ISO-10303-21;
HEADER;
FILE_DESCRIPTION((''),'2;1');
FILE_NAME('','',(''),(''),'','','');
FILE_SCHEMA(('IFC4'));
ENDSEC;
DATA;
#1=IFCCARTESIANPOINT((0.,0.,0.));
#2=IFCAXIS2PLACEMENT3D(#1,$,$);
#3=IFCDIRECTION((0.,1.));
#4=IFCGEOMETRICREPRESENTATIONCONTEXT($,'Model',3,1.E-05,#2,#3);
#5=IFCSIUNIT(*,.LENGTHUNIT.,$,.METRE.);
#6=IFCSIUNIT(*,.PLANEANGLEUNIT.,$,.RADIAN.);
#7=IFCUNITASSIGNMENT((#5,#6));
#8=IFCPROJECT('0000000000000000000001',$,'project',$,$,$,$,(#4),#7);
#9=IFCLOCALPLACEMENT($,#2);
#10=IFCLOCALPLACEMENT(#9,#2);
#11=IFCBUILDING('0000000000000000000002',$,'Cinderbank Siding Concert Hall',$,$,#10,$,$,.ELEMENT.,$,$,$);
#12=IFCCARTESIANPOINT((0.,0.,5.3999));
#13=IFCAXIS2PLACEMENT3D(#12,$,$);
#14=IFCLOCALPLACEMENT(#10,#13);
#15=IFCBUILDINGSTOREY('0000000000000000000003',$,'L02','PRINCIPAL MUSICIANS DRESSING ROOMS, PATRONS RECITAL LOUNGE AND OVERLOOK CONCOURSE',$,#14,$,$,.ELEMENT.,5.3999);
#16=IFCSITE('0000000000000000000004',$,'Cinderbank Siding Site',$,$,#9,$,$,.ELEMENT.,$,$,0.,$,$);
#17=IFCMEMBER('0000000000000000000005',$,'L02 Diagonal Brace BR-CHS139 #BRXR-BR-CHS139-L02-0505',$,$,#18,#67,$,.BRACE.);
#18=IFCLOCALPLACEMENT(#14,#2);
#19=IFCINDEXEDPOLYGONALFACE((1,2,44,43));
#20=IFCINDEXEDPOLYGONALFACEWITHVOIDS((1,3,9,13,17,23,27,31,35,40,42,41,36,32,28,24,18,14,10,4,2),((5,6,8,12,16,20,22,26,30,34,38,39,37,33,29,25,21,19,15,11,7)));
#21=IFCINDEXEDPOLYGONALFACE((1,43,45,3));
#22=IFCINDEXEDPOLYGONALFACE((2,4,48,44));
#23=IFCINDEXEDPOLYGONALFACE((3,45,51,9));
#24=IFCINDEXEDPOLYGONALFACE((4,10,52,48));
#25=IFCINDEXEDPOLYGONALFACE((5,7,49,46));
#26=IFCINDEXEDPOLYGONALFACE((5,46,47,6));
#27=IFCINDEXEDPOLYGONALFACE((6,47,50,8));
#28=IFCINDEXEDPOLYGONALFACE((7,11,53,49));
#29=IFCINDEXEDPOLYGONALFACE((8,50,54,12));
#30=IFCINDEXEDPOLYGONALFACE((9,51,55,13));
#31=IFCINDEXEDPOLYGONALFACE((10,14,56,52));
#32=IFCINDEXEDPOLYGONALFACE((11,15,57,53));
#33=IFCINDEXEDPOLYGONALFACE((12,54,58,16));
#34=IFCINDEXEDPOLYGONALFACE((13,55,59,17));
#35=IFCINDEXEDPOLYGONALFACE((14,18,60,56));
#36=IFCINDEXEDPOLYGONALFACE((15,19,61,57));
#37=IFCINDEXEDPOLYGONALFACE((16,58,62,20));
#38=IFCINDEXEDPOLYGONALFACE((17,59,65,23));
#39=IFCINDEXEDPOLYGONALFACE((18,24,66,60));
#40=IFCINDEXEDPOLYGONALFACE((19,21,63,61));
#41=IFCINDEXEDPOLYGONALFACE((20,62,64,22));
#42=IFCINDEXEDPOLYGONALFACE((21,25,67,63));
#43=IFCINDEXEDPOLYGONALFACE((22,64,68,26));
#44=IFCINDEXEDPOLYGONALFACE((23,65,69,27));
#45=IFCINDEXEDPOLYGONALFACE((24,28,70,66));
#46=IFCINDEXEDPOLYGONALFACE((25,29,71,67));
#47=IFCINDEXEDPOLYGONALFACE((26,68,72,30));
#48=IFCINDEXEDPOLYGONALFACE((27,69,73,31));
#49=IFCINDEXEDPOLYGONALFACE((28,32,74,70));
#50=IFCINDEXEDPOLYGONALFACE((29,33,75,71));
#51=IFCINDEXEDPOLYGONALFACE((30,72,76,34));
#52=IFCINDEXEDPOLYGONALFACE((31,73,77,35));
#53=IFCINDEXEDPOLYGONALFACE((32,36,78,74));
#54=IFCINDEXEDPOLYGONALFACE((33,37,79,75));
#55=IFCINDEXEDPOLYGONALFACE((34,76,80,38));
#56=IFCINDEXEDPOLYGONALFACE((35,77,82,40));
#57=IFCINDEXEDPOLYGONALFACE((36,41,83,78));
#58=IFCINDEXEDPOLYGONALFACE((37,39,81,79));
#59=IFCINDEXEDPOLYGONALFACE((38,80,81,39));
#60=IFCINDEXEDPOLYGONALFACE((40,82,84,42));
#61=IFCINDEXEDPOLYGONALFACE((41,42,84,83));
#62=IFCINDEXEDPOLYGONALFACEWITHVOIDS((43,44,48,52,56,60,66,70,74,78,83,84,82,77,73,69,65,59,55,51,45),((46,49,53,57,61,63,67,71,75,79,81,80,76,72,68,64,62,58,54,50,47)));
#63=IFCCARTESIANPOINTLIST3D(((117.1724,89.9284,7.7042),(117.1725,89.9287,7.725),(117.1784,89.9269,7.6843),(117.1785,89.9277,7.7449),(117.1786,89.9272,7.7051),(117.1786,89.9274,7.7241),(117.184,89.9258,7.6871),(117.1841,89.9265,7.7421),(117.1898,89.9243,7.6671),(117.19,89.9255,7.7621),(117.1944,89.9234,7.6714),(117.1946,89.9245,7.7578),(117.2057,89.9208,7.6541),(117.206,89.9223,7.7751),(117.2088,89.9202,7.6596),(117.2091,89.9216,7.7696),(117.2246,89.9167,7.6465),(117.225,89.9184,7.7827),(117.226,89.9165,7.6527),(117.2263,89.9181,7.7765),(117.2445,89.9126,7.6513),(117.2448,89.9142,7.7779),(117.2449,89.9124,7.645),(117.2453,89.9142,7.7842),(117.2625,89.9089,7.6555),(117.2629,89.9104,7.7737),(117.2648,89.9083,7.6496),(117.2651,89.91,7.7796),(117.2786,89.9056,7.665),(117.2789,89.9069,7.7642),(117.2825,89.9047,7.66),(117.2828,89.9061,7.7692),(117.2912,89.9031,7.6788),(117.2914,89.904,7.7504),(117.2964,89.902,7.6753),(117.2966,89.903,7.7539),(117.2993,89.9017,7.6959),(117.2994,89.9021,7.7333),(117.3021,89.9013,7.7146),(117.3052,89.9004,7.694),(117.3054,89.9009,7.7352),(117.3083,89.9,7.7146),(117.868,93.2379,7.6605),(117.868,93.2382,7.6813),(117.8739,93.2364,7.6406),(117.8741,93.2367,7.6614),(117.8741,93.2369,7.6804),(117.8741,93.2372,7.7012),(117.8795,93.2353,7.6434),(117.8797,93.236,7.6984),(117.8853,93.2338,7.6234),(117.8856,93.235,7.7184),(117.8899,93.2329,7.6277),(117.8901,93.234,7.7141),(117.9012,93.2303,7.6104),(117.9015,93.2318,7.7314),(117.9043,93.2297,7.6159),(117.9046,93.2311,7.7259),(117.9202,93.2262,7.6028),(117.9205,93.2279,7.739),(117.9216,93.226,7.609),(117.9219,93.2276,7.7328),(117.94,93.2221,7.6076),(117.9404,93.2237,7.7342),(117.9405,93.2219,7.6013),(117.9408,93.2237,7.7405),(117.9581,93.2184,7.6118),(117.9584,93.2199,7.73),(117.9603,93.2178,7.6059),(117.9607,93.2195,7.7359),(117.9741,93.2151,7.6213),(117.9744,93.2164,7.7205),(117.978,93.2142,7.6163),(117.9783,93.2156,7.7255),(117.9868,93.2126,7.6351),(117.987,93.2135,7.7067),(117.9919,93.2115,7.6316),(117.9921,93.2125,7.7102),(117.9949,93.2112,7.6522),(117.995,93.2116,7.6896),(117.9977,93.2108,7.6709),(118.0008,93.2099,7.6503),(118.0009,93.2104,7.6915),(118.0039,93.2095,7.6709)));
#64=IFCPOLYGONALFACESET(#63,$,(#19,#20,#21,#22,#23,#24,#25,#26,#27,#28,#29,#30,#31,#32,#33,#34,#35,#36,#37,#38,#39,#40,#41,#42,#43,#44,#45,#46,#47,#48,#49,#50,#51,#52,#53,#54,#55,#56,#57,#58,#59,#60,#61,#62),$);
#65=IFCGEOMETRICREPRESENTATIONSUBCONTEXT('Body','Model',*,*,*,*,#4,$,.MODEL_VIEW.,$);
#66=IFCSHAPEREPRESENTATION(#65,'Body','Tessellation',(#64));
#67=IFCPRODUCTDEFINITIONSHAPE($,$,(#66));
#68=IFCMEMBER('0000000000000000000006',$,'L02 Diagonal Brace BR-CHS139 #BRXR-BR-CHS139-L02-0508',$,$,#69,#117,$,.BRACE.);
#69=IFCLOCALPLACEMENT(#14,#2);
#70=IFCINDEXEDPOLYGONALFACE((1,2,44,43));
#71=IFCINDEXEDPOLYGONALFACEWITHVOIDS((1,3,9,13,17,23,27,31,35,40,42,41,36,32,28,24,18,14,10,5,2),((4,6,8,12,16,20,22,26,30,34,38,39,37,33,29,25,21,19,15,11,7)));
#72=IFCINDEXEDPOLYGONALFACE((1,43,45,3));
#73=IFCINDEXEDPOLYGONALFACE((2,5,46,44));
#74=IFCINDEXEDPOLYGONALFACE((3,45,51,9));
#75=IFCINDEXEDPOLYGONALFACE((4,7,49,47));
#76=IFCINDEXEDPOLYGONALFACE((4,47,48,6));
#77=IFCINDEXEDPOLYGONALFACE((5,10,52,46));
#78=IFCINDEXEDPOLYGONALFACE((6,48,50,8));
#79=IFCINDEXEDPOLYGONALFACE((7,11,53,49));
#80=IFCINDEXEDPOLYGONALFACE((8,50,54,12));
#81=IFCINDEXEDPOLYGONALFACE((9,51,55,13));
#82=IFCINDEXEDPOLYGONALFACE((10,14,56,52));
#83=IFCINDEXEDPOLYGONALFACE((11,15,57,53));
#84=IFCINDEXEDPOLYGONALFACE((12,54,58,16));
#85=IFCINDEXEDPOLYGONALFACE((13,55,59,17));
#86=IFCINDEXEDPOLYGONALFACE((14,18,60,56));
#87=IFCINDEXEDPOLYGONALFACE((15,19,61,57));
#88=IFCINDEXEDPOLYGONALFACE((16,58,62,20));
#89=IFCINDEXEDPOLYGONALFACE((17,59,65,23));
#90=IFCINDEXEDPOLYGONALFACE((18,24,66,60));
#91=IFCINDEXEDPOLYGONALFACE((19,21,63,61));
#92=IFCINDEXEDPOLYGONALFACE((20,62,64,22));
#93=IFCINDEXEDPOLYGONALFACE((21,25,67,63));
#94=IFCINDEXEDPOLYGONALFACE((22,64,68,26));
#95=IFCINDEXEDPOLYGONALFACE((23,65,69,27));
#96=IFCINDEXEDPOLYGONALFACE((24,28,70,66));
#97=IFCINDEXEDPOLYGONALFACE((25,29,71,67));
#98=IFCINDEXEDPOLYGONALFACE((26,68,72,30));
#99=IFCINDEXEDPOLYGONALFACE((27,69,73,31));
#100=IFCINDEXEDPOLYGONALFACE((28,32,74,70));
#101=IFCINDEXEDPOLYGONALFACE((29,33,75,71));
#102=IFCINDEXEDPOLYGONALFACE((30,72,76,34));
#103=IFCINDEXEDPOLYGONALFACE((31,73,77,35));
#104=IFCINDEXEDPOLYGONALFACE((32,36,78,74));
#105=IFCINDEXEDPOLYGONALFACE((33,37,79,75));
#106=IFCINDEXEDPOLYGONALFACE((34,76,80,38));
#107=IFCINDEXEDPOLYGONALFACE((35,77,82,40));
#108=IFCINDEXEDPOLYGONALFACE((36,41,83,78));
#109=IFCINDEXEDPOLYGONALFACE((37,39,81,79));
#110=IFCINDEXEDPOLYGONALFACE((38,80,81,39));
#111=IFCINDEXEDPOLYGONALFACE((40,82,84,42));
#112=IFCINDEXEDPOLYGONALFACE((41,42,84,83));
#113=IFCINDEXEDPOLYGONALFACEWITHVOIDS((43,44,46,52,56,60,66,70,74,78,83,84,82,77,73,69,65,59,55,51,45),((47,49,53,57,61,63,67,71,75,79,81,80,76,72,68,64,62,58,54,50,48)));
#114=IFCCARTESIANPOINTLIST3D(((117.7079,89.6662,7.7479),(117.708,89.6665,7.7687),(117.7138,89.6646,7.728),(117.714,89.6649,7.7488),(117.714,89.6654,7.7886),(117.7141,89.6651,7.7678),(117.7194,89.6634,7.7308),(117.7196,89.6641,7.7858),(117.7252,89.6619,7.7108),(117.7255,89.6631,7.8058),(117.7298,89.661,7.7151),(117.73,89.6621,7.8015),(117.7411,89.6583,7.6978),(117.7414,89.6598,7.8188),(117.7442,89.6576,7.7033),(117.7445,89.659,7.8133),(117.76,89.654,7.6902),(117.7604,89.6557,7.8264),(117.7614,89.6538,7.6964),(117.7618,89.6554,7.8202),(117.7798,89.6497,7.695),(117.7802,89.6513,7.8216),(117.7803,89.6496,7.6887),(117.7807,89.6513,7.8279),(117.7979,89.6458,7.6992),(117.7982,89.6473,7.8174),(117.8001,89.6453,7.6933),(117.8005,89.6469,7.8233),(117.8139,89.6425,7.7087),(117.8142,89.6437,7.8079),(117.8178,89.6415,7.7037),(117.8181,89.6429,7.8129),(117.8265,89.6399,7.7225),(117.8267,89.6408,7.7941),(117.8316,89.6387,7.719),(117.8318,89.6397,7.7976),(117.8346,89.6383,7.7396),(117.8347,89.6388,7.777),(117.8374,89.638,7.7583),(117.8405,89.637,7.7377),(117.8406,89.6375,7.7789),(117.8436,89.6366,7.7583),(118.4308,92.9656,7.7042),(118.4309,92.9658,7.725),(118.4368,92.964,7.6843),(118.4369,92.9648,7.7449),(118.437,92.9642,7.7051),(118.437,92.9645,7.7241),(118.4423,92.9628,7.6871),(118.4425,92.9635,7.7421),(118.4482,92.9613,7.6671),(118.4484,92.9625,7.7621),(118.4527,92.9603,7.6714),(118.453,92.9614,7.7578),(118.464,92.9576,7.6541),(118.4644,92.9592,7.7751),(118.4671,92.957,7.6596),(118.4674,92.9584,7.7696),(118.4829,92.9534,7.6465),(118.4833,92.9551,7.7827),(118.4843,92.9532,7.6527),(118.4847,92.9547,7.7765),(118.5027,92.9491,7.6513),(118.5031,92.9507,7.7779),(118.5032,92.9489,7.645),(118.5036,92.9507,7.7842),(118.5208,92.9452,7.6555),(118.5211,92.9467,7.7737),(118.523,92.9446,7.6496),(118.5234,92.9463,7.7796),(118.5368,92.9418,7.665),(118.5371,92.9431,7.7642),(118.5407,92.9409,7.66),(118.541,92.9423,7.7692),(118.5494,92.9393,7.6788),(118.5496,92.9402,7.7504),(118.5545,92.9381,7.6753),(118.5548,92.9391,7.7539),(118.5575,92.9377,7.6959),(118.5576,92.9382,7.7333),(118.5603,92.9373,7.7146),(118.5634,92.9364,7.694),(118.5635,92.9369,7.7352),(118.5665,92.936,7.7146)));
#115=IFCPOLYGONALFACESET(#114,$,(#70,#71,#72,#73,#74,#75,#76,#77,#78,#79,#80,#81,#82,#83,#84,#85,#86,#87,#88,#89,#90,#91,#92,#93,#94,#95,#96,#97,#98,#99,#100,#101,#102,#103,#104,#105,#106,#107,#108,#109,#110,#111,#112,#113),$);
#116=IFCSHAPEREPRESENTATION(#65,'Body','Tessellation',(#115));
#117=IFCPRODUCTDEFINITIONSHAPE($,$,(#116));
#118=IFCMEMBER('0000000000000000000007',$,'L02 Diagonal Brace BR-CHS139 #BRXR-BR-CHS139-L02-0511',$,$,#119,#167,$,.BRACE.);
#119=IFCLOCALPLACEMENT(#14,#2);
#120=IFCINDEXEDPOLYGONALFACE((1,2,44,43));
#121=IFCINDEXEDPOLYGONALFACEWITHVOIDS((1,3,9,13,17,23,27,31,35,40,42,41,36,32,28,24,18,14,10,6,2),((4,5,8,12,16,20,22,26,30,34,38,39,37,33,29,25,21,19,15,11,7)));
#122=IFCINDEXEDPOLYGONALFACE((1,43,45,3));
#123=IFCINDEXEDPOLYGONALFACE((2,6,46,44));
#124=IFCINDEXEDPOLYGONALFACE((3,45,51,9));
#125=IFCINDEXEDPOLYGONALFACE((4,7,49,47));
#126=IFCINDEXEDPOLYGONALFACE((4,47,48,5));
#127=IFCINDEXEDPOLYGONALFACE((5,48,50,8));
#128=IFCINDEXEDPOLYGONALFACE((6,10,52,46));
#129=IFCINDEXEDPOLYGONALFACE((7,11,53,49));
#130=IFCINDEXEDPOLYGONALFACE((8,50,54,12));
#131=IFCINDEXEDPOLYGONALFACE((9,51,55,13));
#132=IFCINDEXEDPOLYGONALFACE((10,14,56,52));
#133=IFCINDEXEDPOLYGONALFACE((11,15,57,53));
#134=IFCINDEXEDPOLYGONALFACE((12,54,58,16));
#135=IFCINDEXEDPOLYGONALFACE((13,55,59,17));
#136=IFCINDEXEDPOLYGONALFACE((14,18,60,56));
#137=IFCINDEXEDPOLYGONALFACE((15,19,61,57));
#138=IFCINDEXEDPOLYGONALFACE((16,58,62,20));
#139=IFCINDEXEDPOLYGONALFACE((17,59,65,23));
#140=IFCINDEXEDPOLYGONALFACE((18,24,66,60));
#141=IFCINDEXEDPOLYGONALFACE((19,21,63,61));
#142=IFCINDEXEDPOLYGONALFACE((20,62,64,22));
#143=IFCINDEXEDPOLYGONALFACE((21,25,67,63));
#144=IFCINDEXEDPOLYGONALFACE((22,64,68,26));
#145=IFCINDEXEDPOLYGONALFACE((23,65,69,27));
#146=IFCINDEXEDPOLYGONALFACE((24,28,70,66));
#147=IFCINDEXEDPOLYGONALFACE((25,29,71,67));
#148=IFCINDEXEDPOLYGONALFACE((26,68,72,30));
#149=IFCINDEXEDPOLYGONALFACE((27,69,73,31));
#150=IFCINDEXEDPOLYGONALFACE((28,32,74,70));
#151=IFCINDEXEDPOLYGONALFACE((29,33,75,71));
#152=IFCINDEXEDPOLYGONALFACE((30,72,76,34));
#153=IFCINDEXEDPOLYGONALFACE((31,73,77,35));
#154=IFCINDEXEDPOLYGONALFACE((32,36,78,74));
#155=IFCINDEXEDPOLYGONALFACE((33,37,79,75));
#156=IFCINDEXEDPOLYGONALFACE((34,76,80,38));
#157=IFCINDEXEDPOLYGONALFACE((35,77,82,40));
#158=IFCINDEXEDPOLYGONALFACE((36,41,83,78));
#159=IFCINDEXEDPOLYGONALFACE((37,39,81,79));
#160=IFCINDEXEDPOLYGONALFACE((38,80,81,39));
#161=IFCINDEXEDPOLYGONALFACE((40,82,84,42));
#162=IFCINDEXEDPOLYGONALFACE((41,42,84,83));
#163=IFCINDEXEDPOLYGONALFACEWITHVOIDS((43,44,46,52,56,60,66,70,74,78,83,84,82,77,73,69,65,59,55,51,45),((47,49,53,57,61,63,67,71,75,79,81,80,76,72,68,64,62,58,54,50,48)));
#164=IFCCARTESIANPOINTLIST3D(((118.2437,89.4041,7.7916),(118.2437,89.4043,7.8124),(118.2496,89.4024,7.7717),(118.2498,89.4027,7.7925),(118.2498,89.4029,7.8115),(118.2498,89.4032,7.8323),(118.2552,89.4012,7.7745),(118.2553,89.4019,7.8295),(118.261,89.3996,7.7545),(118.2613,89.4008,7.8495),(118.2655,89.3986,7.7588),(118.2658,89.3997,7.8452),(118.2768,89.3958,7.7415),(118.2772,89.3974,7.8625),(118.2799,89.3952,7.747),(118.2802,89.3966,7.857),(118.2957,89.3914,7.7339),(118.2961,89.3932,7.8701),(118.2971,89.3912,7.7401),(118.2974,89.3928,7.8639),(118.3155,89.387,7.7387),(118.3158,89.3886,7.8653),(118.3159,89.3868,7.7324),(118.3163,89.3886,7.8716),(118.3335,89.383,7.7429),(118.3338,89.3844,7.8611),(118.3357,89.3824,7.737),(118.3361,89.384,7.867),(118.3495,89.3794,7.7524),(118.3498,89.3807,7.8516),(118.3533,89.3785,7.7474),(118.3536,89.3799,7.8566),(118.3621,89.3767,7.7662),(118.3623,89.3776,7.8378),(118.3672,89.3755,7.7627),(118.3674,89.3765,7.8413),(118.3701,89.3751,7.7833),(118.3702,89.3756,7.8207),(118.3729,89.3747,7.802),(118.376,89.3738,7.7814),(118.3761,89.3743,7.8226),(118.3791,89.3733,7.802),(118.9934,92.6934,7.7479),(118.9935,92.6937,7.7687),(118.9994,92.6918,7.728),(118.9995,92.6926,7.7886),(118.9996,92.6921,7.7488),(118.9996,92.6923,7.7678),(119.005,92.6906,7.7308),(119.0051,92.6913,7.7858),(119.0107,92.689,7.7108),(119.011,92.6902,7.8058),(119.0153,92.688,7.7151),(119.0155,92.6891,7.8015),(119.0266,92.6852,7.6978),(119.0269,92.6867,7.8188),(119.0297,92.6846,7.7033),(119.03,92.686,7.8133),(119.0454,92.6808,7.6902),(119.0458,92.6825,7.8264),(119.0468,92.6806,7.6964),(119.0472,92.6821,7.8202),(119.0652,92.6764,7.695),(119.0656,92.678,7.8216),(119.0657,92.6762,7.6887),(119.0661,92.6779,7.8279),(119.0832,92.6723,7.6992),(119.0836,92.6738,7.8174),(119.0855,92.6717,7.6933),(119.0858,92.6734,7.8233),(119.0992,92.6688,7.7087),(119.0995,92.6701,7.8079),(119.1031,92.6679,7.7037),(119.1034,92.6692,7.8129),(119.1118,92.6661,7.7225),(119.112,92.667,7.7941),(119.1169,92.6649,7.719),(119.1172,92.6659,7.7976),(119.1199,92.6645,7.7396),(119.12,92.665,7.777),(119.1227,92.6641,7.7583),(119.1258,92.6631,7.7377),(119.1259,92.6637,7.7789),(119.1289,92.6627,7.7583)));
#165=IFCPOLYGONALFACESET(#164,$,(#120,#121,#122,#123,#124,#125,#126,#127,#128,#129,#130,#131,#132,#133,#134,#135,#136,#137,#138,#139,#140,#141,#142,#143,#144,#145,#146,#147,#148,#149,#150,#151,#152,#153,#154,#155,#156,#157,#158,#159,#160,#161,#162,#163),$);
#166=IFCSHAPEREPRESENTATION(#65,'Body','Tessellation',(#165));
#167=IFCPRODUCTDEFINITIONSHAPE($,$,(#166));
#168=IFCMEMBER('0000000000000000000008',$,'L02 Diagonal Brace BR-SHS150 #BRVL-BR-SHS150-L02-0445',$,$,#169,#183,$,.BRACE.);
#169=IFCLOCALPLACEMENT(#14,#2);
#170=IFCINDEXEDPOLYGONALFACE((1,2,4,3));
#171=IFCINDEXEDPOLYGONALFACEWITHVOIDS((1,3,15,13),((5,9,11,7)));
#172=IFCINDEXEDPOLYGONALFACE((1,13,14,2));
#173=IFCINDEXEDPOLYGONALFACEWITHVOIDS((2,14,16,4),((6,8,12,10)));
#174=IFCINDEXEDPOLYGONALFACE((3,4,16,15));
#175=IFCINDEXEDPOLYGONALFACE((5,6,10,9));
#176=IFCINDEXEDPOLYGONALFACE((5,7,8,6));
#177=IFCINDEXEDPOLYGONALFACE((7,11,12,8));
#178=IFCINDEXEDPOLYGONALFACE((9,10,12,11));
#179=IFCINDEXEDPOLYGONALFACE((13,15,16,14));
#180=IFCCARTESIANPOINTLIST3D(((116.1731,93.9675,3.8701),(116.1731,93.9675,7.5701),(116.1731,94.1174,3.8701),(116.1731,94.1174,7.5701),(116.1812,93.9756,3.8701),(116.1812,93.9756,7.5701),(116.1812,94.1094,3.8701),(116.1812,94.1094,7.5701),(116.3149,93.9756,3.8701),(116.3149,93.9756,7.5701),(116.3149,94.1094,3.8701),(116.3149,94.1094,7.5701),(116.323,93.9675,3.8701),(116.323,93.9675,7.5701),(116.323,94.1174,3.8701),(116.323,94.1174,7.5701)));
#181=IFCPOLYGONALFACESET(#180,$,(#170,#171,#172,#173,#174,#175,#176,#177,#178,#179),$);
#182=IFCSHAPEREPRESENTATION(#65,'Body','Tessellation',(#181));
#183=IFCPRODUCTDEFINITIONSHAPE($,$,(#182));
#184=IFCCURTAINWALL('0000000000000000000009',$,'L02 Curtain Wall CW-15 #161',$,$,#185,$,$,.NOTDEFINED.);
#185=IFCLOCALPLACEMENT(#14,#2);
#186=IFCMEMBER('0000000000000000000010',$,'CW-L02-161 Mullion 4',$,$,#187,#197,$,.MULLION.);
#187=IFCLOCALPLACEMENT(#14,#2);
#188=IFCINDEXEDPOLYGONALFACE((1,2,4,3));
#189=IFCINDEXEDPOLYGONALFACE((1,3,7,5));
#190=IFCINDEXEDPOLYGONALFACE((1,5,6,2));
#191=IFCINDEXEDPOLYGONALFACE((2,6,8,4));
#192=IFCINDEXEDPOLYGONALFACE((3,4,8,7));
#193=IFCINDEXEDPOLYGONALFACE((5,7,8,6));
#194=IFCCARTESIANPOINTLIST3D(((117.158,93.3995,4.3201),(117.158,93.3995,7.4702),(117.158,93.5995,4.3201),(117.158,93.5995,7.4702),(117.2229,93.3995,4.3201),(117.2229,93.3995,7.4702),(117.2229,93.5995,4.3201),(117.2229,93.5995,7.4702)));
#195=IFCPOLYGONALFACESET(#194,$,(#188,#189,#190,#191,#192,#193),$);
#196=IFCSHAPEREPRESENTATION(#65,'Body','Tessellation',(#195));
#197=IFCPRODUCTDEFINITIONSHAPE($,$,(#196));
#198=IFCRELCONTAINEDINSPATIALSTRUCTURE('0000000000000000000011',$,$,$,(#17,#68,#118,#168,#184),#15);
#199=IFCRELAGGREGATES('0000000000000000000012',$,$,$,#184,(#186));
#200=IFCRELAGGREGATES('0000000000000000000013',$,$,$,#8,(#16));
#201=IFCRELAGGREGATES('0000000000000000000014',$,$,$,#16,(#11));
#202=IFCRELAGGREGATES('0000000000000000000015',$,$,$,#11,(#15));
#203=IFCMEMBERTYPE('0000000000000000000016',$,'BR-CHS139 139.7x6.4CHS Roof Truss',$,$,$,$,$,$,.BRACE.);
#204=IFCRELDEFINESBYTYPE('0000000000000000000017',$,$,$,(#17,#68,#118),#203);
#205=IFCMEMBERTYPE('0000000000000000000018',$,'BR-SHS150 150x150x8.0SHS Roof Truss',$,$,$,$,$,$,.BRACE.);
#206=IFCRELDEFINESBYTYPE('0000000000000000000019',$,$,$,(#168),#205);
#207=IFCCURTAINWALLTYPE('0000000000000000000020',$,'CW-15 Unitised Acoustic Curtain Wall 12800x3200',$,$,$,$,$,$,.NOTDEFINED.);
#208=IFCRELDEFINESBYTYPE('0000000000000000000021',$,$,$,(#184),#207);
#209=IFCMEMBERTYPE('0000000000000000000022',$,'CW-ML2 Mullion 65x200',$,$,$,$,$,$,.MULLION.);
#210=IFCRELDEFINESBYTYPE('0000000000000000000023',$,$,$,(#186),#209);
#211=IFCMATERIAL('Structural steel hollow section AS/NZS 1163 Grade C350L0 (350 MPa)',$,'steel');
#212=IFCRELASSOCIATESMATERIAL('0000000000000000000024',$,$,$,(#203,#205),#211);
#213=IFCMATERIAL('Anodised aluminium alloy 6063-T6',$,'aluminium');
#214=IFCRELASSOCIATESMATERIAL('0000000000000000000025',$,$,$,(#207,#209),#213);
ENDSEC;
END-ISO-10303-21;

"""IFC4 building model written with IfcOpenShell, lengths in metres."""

from ifc_helpers import new_model, si_unit, direction, frame, origin, origin_2d, place, context, subcontext, project, spatial, rectangle, hollow_rectangle, hollow_circle, extrude, material, material_profile, profile_set, type_object, element, aggregate, save


model = new_model("IFC4")

# Units and contexts
model_context = context("Model", 3, precision=1e-05, world=origin(), true_north=direction((0.0, 1.0)))
body_context = subcontext(model_context, "Body", "Model", "MODEL_VIEW")
ifc_project = project(units=[si_unit("LENGTHUNIT", "METRE"), si_unit("PLANEANGLEUNIT", "RADIAN")], contexts=[model_context])

# Site, building, storey
site_placement = place(None, origin())
site = spatial("IfcSite", under=ifc_project, at=site_placement, Name="Cinderbank Siding Site", CompositionType="ELEMENT", RefElevation=0.0)
building_placement = place(site_placement, origin())
building = spatial("IfcBuilding", under=site, at=building_placement, Name="Cinderbank Siding Concert Hall", CompositionType="ELEMENT")
storey_placement = place(building_placement, frame((0.0, 0.0, 5.3999)))
storey = spatial("IfcBuildingStorey", under=building, at=storey_placement, Name="L02", Description="PRINCIPAL MUSICIANS DRESSING ROOMS, PATRONS RECITAL LOUNGE AND OVERLOOK CONCOURSE", CompositionType="ELEMENT", Elevation=5.3999)

# Members
ifc_material_1 = material(Name="Structural steel hollow section AS/NZS 1163 Grade C350L0 (350 MPa)", Category="steel")
ifc_material_profile_1 = material_profile(ifc_material_1, hollow_circle(Radius=0.0698, WallThickness=0.0063, at=origin_2d()), Name="139.7x6.4CHS", Category="LoadBearing")
ifc_profile_set_1 = profile_set([ifc_material_profile_1], Name="Structural steel hollow section AS/NZS 1163 Grade C350L0 (350 MPa)")
member_type_1 = type_object("IfcMemberType", Name="BR-CHS139 139.7x6.4CHS Roof Truss", PredefinedType="BRACE", material=ifc_profile_set_1)
member_1_placement = place(storey_placement, frame((117.9355, 93.2239, 7.6709), z_axis=(-0.205655, -0.978539, 0.012921), x_axis=(0.978621, -0.205672, 0.0)))
element("IfcMember", 1, at=member_1_placement, inside=storey, type_object=member_type_1, Name="L02 Diagonal Brace BR-CHS139 #BRXR-BR-CHS139-L02-0505", PredefinedType="BRACE", context=body_context, shape_type="SweptSolid", body=[
    extrude(hollow_circle(Radius=0.0698, WallThickness=0.0063, at=origin_2d()), origin(), (0.0, 0.0, 1.0), 3.3821),
])
member_2_placement = place(storey_placement, frame((118.4983, 92.9509, 7.7146), z_axis=(-0.214011, -0.976746, 0.012938), x_axis=(0.976827, -0.214029, 0.0)))
element("IfcMember", 2, at=member_2_placement, inside=storey, type_object=member_type_1, Name="L02 Diagonal Brace BR-CHS139 #BRXR-BR-CHS139-L02-0508", PredefinedType="BRACE", context=body_context, shape_type="SweptSolid", body=[
    extrude(hollow_circle(Radius=0.0698, WallThickness=0.0063, at=origin_2d()), origin(), (0.0, 0.0, 1.0), 3.3779),
])
member_3_placement = place(storey_placement, frame((119.0608, 92.6782, 7.7583), z_axis=(-0.222219, -0.974911, 0.012953), x_axis=(0.974993, -0.222237, 0.0)))
element("IfcMember", 3, at=member_3_placement, inside=storey, type_object=member_type_1, Name="L02 Diagonal Brace BR-CHS139 #BRXR-BR-CHS139-L02-0511", PredefinedType="BRACE", context=body_context, shape_type="SweptSolid", body=[
    extrude(hollow_circle(Radius=0.0698, WallThickness=0.0063, at=origin_2d()), origin(), (0.0, 0.0, 1.0), 3.374),
])
ifc_material_profile_2 = material_profile(ifc_material_1, hollow_rectangle(XDim=0.1499, YDim=0.1499, WallThickness=0.0081, at=origin_2d()), Name="150x150x8.0SHS", Category="LoadBearing")
ifc_profile_set_2 = profile_set([ifc_material_profile_2], Name="Structural steel hollow section AS/NZS 1163 Grade C350L0 (350 MPa)")
member_type_2 = type_object("IfcMemberType", Name="BR-SHS150 150x150x8.0SHS Roof Truss", PredefinedType="BRACE", material=ifc_profile_set_2)
member_4_placement = place(storey_placement, frame((116.248, 94.0425, 3.8701), z_axis=(0.0, 0.0, 1.0), x_axis=(1.0, 0.0, 0.0)))
element("IfcMember", 4, at=member_4_placement, inside=storey, type_object=member_type_2, Name="L02 Diagonal Brace BR-SHS150 #BRVL-BR-SHS150-L02-0445", PredefinedType="BRACE", context=body_context, shape_type="SweptSolid", body=[
    extrude(hollow_rectangle(XDim=0.1499, YDim=0.1499, WallThickness=0.0081, at=origin_2d()), origin(), (0.0, 0.0, 1.0), 3.7),
])

# Curtain wall, member
ifc_material_2 = material(Name="Anodised aluminium alloy 6063-T6", Category="aluminium")
curtain_wall_type = type_object("IfcCurtainWallType", Name="CW-15 Unitised Acoustic Curtain Wall 12800x3200", PredefinedType="NOTDEFINED", material=ifc_material_2)
curtain_wall_placement = place(storey_placement, origin())
curtain_wall = element("IfcCurtainWall", 5, at=curtain_wall_placement, inside=storey, type_object=curtain_wall_type, Name="L02 Curtain Wall CW-15 #161", PredefinedType="NOTDEFINED")
ifc_material_profile_3 = material_profile(ifc_material_2, rectangle(XDim=0.0649, YDim=0.2, at=origin_2d()), Name="ALU-MULL-65x200", Category="LoadBearing")
ifc_profile_set_3 = profile_set([ifc_material_profile_3], Name="Anodised aluminium alloy 6063-T6")
member_type_3 = type_object("IfcMemberType", Name="CW-ML2 Mullion 65x200", PredefinedType="MULLION", material=ifc_profile_set_3)
member_5_placement = place(storey_placement, frame((117.1904, 93.4995, 4.3201), z_axis=(0.0, 0.0, 1.0), x_axis=(1.0, 0.0, 0.0)))
member_5 = element("IfcMember", 6, at=member_5_placement, type_object=member_type_3, Name="CW-L02-161 Mullion 4", PredefinedType="MULLION", context=body_context, shape_type="SweptSolid", body=[
    extrude(rectangle(XDim=0.0649, YDim=0.2, at=origin_2d()), origin(), (0.0, 0.0, 1.0), 3.1501),
])
aggregate(curtain_wall, [member_5])

save(model, "model.ifc")
